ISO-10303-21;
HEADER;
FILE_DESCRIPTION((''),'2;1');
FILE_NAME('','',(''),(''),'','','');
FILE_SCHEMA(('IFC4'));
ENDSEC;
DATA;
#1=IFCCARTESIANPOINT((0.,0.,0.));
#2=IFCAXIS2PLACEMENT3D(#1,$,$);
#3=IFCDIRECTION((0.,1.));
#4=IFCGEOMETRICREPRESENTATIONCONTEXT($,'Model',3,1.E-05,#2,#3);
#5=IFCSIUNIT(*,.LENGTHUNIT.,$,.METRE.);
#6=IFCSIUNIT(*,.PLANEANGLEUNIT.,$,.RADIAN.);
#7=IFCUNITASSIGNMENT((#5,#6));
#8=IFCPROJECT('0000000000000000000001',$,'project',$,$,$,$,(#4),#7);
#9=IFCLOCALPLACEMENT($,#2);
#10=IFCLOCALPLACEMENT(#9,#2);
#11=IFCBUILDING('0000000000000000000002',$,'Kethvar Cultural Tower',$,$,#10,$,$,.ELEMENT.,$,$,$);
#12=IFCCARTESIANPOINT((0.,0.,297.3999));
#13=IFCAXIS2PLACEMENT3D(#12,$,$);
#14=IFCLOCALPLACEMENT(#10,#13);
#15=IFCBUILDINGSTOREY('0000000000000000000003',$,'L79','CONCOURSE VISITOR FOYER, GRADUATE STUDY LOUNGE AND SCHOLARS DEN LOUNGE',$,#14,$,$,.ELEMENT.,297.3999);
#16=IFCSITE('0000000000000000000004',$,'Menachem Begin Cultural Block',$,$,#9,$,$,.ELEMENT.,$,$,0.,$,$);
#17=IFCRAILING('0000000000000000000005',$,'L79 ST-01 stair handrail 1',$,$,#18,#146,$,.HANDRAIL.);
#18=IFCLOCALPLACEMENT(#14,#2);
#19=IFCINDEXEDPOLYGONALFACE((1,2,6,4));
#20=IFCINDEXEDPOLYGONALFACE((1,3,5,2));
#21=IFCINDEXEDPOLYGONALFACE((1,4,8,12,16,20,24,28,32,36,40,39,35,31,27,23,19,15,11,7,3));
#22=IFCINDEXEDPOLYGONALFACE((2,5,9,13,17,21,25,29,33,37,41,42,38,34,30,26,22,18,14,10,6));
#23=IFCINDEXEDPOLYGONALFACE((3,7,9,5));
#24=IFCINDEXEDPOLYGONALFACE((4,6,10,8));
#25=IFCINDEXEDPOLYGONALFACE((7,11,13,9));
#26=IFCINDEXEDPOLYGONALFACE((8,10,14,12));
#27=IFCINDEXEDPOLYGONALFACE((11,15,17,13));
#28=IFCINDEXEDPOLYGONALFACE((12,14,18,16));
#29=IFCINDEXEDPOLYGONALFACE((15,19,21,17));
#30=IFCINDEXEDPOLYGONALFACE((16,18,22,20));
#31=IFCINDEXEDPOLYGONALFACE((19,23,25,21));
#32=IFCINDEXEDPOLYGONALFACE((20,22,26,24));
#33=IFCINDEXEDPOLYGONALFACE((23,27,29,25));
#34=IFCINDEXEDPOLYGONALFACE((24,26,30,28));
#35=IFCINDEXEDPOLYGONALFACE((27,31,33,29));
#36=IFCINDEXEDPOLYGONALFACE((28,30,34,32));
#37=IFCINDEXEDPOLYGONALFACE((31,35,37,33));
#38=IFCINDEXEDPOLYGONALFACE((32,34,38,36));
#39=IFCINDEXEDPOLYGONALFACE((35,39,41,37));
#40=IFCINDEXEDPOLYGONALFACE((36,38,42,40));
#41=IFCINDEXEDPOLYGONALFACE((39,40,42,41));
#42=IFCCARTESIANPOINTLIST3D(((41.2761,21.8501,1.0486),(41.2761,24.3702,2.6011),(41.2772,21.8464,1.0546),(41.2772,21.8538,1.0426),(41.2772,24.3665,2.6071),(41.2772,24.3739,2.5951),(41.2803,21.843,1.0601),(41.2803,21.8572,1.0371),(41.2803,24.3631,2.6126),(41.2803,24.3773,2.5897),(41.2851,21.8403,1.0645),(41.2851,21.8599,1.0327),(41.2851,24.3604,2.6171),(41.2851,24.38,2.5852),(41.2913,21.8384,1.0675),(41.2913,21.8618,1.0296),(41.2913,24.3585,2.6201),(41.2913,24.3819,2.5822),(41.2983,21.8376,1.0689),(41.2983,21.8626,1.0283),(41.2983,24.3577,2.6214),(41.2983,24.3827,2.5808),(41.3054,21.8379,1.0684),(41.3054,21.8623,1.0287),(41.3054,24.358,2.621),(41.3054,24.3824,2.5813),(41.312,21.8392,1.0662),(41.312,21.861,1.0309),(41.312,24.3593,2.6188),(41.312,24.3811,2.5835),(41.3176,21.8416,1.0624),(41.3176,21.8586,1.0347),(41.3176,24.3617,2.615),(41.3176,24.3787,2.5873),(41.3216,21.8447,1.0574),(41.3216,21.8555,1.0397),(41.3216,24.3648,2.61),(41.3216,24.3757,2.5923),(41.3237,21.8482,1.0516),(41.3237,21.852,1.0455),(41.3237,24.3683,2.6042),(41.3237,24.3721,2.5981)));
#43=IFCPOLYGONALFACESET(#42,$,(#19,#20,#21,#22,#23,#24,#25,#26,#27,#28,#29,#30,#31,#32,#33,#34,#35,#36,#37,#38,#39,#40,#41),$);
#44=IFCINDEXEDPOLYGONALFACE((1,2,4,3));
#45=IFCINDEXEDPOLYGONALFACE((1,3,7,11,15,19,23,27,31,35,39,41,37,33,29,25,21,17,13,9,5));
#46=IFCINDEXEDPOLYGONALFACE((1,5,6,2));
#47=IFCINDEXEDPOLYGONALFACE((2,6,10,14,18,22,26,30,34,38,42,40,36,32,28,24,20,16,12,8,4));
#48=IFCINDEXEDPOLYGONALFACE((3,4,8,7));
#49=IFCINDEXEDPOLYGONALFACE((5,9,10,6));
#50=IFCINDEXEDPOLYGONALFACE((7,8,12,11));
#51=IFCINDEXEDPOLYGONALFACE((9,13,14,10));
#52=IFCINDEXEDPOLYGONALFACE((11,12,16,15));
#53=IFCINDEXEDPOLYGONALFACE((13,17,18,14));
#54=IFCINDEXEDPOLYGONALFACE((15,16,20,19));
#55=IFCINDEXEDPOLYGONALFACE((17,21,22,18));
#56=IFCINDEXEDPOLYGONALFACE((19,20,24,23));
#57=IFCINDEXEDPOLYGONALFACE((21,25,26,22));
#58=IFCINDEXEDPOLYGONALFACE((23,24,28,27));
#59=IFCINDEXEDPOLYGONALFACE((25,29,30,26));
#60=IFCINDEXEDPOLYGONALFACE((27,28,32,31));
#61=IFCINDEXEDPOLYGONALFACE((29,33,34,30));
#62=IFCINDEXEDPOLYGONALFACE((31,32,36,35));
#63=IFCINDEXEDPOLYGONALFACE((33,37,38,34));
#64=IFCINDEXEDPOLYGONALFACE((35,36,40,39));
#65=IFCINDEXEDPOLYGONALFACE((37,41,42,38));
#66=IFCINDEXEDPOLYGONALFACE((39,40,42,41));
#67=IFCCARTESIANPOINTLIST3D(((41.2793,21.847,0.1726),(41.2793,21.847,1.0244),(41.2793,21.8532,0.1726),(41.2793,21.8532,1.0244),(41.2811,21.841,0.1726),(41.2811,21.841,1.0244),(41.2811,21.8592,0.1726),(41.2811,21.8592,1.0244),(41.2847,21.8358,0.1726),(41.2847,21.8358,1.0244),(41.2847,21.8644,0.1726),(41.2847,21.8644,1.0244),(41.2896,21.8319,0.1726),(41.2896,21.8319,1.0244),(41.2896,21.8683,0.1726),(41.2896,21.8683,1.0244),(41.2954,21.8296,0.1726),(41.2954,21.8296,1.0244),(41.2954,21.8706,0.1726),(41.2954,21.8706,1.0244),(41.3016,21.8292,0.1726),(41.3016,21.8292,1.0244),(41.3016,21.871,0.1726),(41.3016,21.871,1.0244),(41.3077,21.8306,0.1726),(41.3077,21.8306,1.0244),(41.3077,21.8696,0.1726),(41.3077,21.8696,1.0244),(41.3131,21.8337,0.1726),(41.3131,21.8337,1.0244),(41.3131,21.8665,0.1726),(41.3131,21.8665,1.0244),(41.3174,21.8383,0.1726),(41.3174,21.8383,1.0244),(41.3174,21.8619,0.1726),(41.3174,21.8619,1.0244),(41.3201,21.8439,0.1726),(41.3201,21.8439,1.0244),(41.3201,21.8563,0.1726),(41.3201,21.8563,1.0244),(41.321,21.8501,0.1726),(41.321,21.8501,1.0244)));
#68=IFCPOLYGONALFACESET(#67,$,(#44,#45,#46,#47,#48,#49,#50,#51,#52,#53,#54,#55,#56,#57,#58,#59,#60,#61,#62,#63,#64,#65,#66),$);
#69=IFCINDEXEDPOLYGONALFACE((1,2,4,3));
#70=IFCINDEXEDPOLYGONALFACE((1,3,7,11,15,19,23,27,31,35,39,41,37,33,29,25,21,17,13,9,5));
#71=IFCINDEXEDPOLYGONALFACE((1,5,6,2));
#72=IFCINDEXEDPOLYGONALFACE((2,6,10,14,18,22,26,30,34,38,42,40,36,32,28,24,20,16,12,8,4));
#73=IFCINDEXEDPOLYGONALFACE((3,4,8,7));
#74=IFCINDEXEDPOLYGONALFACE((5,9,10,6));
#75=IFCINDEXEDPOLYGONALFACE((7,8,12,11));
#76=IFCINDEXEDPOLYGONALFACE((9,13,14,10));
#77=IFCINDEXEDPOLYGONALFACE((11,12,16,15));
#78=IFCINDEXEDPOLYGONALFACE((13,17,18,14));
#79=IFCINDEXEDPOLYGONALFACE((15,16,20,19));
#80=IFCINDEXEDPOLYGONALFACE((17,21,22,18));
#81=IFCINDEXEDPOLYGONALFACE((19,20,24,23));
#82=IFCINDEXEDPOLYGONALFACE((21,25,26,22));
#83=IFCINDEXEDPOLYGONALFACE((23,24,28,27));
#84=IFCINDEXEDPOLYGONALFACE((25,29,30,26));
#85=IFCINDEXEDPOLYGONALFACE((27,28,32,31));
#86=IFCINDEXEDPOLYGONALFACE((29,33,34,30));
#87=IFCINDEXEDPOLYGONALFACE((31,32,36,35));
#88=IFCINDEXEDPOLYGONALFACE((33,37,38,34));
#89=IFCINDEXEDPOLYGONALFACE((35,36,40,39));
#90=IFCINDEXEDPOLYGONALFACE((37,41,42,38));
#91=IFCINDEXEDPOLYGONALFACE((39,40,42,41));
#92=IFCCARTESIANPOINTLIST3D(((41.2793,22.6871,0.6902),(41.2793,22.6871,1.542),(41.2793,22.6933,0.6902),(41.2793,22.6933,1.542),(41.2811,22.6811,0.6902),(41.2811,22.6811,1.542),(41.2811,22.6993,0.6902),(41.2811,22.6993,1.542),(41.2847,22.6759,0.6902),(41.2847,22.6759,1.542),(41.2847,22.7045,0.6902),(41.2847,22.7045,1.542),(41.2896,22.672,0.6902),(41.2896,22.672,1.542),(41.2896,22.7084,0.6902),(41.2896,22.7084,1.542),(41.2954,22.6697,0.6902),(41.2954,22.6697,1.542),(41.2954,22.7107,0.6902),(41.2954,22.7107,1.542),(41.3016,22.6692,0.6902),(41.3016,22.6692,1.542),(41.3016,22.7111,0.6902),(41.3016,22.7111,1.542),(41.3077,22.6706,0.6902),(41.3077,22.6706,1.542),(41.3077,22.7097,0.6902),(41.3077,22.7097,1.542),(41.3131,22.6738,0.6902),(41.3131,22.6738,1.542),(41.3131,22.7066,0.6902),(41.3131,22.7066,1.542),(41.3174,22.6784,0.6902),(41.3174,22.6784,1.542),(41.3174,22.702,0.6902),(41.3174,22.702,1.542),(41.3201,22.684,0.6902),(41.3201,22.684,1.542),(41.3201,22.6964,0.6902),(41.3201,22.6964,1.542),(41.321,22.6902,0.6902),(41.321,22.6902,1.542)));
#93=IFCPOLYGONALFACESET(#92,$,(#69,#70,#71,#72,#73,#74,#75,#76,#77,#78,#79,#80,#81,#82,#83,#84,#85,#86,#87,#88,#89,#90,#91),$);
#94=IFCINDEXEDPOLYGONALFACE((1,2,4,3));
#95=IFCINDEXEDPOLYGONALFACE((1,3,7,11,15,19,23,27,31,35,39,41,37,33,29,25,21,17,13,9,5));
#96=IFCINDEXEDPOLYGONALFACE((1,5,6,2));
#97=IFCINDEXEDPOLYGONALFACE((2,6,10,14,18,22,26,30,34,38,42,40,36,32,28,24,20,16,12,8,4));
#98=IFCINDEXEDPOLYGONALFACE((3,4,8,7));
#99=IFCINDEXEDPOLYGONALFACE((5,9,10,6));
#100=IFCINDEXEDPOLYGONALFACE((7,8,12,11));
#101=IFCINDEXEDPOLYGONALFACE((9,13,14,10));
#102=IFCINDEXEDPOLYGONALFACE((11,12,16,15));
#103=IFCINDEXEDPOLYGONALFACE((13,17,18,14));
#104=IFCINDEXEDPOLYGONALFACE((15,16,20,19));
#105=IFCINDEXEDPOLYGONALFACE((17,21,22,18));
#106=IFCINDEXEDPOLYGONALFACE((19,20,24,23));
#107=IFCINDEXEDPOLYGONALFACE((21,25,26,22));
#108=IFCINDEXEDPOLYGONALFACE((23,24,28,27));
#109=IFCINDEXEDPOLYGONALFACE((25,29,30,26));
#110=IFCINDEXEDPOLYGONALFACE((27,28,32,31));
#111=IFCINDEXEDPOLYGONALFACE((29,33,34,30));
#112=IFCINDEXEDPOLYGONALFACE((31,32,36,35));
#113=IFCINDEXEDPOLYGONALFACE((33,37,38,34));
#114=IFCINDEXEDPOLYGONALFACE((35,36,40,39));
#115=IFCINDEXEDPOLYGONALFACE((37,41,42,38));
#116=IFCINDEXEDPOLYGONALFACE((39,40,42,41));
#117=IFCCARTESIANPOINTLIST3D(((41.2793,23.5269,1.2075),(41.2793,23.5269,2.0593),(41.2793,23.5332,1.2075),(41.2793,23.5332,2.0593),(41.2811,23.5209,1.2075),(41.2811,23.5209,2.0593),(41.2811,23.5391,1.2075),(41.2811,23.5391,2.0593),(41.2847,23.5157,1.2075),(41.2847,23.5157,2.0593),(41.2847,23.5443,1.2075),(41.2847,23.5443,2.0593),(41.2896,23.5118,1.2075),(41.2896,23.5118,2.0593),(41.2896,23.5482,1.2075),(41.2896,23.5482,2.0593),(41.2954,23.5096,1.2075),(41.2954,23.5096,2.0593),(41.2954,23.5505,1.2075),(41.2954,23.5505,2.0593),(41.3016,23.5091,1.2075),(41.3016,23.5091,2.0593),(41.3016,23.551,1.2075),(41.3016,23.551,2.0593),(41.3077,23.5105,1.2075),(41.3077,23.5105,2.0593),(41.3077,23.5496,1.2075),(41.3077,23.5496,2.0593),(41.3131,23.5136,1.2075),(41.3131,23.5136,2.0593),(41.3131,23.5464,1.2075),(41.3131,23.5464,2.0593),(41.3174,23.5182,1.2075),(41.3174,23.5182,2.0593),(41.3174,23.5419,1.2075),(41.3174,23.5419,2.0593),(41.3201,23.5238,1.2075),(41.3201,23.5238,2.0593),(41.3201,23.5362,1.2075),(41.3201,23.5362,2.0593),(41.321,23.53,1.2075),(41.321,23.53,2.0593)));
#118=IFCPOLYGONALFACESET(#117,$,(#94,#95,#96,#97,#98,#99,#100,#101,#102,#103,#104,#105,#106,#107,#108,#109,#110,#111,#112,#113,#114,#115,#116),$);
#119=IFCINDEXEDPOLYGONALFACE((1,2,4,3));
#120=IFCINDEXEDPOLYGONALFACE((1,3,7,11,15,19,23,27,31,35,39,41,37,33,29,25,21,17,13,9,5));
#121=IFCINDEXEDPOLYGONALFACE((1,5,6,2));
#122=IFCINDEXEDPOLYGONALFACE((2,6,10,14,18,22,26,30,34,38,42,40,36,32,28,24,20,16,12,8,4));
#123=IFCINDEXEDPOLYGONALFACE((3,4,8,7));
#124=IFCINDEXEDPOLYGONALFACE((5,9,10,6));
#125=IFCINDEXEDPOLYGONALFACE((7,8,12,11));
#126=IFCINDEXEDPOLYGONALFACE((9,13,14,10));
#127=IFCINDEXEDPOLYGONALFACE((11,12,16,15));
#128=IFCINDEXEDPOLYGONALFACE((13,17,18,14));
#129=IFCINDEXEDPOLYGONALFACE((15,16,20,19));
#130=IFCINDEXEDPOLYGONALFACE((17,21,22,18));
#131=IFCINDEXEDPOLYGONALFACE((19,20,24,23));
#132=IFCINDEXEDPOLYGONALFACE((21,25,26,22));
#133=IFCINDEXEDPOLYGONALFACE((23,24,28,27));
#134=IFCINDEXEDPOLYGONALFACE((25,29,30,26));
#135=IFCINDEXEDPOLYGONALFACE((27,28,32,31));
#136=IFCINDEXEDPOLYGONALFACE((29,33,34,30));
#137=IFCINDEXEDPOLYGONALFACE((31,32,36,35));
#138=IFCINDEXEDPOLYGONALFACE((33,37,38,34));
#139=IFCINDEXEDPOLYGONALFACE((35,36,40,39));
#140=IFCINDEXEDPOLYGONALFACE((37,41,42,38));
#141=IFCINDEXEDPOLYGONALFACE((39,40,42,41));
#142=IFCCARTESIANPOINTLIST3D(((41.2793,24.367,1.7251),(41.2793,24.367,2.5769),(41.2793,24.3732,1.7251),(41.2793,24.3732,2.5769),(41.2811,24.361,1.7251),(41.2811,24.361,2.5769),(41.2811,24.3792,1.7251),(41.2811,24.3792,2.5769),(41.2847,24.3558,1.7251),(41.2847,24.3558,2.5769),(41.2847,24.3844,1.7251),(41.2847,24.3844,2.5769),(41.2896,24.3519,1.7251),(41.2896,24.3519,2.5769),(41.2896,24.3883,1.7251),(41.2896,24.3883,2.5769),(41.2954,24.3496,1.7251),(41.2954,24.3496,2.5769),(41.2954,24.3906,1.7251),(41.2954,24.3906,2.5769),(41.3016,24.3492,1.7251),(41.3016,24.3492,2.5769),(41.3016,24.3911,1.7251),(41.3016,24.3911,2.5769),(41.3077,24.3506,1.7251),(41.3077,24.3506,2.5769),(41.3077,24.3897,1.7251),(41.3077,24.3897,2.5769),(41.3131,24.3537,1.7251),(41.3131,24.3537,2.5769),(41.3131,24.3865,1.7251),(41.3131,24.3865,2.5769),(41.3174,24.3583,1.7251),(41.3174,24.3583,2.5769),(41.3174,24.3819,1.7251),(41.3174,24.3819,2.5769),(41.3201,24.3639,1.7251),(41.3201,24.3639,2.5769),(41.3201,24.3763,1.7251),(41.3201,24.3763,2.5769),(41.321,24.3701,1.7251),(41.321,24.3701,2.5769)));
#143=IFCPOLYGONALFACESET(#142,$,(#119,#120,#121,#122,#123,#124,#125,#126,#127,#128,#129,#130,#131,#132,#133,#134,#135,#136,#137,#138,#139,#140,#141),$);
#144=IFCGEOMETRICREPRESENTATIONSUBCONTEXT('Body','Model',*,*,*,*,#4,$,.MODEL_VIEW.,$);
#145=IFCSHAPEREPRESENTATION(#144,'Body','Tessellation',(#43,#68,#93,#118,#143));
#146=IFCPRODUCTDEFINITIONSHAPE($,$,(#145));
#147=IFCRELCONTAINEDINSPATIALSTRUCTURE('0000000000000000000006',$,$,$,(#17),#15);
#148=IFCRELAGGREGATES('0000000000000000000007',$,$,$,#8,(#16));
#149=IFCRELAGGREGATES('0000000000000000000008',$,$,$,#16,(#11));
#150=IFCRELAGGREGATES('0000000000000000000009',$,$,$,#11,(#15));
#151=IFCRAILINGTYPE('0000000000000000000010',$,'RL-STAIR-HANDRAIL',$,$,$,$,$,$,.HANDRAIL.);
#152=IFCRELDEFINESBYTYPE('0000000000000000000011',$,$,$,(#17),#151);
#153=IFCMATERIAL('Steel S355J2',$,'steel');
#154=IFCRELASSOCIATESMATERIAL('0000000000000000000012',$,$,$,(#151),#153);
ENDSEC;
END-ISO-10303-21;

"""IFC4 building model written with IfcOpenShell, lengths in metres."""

from ifc_helpers import new_model, si_unit, direction, frame, origin, origin_2d, place, context, subcontext, project, spatial, circle, extrude, material, type_object, element, save


model = new_model("IFC4")

# Units and contexts
model_context = context("Model", 3, precision=1e-05, world=origin(), true_north=direction((0.0, 1.0)))
body_context = subcontext(model_context, "Body", "Model", "MODEL_VIEW")
ifc_project = project(units=[si_unit("LENGTHUNIT", "METRE"), si_unit("PLANEANGLEUNIT", "RADIAN")], contexts=[model_context])

# Site, building, storey
site_placement = place(None, origin())
site = spatial("IfcSite", under=ifc_project, at=site_placement, Name="Menachem Begin Cultural Block", CompositionType="ELEMENT", RefElevation=0.0)
building_placement = place(site_placement, origin())
building = spatial("IfcBuilding", under=site, at=building_placement, Name="Kethvar Cultural Tower", CompositionType="ELEMENT")
storey_placement = place(building_placement, frame((0.0, 0.0, 297.3999)))
storey = spatial("IfcBuildingStorey", under=building, at=storey_placement, Name="L79", Description="CONCOURSE VISITOR FOYER, GRADUATE STUDY LOUNGE AND SCHOLARS DEN LOUNGE", CompositionType="ELEMENT", Elevation=297.3999)

# Shared definitions
ifc_material_1 = material(Name="Steel S355J2", Category="steel")

# Railing
railing_type_1 = type_object("IfcRailingType", Name="RL-STAIR-HANDRAIL", PredefinedType="HANDRAIL", material=ifc_material_1)
railing_1_placement = place(storey_placement, frame((41.3, 21.8501, 0.1726)))
element("IfcRailing", 1, at=railing_1_placement, inside=storey, type_object=railing_type_1, Name="L79 ST-01 stair handrail 1", PredefinedType="HANDRAIL", context=body_context, shape_type="SweptSolid", body=[
    extrude(circle(Radius=0.0239, at=origin_2d()), frame((0.0, 0.0, 0.876), z_axis=(0.0, 0.8514, 0.524516), x_axis=(-1.0, 0.0, 0.0)), (0.0, 0.0, 1.0), 2.96),
    extrude(circle(Radius=0.021, at=origin_2d()), origin(), (0.0, 0.0, 1.0), 0.8518),
    extrude(circle(Radius=0.021, at=origin_2d()), frame((0.0, 0.8401, 0.5176)), (0.0, 0.0, 1.0), 0.8518),
    extrude(circle(Radius=0.021, at=origin_2d()), frame((0.0, 1.6799, 1.0349)), (0.0, 0.0, 1.0), 0.8518),
    extrude(circle(Radius=0.021, at=origin_2d()), frame((0.0, 2.52, 1.5525)), (0.0, 0.0, 1.0), 0.8518),
])

save(model, "model.ifc")
